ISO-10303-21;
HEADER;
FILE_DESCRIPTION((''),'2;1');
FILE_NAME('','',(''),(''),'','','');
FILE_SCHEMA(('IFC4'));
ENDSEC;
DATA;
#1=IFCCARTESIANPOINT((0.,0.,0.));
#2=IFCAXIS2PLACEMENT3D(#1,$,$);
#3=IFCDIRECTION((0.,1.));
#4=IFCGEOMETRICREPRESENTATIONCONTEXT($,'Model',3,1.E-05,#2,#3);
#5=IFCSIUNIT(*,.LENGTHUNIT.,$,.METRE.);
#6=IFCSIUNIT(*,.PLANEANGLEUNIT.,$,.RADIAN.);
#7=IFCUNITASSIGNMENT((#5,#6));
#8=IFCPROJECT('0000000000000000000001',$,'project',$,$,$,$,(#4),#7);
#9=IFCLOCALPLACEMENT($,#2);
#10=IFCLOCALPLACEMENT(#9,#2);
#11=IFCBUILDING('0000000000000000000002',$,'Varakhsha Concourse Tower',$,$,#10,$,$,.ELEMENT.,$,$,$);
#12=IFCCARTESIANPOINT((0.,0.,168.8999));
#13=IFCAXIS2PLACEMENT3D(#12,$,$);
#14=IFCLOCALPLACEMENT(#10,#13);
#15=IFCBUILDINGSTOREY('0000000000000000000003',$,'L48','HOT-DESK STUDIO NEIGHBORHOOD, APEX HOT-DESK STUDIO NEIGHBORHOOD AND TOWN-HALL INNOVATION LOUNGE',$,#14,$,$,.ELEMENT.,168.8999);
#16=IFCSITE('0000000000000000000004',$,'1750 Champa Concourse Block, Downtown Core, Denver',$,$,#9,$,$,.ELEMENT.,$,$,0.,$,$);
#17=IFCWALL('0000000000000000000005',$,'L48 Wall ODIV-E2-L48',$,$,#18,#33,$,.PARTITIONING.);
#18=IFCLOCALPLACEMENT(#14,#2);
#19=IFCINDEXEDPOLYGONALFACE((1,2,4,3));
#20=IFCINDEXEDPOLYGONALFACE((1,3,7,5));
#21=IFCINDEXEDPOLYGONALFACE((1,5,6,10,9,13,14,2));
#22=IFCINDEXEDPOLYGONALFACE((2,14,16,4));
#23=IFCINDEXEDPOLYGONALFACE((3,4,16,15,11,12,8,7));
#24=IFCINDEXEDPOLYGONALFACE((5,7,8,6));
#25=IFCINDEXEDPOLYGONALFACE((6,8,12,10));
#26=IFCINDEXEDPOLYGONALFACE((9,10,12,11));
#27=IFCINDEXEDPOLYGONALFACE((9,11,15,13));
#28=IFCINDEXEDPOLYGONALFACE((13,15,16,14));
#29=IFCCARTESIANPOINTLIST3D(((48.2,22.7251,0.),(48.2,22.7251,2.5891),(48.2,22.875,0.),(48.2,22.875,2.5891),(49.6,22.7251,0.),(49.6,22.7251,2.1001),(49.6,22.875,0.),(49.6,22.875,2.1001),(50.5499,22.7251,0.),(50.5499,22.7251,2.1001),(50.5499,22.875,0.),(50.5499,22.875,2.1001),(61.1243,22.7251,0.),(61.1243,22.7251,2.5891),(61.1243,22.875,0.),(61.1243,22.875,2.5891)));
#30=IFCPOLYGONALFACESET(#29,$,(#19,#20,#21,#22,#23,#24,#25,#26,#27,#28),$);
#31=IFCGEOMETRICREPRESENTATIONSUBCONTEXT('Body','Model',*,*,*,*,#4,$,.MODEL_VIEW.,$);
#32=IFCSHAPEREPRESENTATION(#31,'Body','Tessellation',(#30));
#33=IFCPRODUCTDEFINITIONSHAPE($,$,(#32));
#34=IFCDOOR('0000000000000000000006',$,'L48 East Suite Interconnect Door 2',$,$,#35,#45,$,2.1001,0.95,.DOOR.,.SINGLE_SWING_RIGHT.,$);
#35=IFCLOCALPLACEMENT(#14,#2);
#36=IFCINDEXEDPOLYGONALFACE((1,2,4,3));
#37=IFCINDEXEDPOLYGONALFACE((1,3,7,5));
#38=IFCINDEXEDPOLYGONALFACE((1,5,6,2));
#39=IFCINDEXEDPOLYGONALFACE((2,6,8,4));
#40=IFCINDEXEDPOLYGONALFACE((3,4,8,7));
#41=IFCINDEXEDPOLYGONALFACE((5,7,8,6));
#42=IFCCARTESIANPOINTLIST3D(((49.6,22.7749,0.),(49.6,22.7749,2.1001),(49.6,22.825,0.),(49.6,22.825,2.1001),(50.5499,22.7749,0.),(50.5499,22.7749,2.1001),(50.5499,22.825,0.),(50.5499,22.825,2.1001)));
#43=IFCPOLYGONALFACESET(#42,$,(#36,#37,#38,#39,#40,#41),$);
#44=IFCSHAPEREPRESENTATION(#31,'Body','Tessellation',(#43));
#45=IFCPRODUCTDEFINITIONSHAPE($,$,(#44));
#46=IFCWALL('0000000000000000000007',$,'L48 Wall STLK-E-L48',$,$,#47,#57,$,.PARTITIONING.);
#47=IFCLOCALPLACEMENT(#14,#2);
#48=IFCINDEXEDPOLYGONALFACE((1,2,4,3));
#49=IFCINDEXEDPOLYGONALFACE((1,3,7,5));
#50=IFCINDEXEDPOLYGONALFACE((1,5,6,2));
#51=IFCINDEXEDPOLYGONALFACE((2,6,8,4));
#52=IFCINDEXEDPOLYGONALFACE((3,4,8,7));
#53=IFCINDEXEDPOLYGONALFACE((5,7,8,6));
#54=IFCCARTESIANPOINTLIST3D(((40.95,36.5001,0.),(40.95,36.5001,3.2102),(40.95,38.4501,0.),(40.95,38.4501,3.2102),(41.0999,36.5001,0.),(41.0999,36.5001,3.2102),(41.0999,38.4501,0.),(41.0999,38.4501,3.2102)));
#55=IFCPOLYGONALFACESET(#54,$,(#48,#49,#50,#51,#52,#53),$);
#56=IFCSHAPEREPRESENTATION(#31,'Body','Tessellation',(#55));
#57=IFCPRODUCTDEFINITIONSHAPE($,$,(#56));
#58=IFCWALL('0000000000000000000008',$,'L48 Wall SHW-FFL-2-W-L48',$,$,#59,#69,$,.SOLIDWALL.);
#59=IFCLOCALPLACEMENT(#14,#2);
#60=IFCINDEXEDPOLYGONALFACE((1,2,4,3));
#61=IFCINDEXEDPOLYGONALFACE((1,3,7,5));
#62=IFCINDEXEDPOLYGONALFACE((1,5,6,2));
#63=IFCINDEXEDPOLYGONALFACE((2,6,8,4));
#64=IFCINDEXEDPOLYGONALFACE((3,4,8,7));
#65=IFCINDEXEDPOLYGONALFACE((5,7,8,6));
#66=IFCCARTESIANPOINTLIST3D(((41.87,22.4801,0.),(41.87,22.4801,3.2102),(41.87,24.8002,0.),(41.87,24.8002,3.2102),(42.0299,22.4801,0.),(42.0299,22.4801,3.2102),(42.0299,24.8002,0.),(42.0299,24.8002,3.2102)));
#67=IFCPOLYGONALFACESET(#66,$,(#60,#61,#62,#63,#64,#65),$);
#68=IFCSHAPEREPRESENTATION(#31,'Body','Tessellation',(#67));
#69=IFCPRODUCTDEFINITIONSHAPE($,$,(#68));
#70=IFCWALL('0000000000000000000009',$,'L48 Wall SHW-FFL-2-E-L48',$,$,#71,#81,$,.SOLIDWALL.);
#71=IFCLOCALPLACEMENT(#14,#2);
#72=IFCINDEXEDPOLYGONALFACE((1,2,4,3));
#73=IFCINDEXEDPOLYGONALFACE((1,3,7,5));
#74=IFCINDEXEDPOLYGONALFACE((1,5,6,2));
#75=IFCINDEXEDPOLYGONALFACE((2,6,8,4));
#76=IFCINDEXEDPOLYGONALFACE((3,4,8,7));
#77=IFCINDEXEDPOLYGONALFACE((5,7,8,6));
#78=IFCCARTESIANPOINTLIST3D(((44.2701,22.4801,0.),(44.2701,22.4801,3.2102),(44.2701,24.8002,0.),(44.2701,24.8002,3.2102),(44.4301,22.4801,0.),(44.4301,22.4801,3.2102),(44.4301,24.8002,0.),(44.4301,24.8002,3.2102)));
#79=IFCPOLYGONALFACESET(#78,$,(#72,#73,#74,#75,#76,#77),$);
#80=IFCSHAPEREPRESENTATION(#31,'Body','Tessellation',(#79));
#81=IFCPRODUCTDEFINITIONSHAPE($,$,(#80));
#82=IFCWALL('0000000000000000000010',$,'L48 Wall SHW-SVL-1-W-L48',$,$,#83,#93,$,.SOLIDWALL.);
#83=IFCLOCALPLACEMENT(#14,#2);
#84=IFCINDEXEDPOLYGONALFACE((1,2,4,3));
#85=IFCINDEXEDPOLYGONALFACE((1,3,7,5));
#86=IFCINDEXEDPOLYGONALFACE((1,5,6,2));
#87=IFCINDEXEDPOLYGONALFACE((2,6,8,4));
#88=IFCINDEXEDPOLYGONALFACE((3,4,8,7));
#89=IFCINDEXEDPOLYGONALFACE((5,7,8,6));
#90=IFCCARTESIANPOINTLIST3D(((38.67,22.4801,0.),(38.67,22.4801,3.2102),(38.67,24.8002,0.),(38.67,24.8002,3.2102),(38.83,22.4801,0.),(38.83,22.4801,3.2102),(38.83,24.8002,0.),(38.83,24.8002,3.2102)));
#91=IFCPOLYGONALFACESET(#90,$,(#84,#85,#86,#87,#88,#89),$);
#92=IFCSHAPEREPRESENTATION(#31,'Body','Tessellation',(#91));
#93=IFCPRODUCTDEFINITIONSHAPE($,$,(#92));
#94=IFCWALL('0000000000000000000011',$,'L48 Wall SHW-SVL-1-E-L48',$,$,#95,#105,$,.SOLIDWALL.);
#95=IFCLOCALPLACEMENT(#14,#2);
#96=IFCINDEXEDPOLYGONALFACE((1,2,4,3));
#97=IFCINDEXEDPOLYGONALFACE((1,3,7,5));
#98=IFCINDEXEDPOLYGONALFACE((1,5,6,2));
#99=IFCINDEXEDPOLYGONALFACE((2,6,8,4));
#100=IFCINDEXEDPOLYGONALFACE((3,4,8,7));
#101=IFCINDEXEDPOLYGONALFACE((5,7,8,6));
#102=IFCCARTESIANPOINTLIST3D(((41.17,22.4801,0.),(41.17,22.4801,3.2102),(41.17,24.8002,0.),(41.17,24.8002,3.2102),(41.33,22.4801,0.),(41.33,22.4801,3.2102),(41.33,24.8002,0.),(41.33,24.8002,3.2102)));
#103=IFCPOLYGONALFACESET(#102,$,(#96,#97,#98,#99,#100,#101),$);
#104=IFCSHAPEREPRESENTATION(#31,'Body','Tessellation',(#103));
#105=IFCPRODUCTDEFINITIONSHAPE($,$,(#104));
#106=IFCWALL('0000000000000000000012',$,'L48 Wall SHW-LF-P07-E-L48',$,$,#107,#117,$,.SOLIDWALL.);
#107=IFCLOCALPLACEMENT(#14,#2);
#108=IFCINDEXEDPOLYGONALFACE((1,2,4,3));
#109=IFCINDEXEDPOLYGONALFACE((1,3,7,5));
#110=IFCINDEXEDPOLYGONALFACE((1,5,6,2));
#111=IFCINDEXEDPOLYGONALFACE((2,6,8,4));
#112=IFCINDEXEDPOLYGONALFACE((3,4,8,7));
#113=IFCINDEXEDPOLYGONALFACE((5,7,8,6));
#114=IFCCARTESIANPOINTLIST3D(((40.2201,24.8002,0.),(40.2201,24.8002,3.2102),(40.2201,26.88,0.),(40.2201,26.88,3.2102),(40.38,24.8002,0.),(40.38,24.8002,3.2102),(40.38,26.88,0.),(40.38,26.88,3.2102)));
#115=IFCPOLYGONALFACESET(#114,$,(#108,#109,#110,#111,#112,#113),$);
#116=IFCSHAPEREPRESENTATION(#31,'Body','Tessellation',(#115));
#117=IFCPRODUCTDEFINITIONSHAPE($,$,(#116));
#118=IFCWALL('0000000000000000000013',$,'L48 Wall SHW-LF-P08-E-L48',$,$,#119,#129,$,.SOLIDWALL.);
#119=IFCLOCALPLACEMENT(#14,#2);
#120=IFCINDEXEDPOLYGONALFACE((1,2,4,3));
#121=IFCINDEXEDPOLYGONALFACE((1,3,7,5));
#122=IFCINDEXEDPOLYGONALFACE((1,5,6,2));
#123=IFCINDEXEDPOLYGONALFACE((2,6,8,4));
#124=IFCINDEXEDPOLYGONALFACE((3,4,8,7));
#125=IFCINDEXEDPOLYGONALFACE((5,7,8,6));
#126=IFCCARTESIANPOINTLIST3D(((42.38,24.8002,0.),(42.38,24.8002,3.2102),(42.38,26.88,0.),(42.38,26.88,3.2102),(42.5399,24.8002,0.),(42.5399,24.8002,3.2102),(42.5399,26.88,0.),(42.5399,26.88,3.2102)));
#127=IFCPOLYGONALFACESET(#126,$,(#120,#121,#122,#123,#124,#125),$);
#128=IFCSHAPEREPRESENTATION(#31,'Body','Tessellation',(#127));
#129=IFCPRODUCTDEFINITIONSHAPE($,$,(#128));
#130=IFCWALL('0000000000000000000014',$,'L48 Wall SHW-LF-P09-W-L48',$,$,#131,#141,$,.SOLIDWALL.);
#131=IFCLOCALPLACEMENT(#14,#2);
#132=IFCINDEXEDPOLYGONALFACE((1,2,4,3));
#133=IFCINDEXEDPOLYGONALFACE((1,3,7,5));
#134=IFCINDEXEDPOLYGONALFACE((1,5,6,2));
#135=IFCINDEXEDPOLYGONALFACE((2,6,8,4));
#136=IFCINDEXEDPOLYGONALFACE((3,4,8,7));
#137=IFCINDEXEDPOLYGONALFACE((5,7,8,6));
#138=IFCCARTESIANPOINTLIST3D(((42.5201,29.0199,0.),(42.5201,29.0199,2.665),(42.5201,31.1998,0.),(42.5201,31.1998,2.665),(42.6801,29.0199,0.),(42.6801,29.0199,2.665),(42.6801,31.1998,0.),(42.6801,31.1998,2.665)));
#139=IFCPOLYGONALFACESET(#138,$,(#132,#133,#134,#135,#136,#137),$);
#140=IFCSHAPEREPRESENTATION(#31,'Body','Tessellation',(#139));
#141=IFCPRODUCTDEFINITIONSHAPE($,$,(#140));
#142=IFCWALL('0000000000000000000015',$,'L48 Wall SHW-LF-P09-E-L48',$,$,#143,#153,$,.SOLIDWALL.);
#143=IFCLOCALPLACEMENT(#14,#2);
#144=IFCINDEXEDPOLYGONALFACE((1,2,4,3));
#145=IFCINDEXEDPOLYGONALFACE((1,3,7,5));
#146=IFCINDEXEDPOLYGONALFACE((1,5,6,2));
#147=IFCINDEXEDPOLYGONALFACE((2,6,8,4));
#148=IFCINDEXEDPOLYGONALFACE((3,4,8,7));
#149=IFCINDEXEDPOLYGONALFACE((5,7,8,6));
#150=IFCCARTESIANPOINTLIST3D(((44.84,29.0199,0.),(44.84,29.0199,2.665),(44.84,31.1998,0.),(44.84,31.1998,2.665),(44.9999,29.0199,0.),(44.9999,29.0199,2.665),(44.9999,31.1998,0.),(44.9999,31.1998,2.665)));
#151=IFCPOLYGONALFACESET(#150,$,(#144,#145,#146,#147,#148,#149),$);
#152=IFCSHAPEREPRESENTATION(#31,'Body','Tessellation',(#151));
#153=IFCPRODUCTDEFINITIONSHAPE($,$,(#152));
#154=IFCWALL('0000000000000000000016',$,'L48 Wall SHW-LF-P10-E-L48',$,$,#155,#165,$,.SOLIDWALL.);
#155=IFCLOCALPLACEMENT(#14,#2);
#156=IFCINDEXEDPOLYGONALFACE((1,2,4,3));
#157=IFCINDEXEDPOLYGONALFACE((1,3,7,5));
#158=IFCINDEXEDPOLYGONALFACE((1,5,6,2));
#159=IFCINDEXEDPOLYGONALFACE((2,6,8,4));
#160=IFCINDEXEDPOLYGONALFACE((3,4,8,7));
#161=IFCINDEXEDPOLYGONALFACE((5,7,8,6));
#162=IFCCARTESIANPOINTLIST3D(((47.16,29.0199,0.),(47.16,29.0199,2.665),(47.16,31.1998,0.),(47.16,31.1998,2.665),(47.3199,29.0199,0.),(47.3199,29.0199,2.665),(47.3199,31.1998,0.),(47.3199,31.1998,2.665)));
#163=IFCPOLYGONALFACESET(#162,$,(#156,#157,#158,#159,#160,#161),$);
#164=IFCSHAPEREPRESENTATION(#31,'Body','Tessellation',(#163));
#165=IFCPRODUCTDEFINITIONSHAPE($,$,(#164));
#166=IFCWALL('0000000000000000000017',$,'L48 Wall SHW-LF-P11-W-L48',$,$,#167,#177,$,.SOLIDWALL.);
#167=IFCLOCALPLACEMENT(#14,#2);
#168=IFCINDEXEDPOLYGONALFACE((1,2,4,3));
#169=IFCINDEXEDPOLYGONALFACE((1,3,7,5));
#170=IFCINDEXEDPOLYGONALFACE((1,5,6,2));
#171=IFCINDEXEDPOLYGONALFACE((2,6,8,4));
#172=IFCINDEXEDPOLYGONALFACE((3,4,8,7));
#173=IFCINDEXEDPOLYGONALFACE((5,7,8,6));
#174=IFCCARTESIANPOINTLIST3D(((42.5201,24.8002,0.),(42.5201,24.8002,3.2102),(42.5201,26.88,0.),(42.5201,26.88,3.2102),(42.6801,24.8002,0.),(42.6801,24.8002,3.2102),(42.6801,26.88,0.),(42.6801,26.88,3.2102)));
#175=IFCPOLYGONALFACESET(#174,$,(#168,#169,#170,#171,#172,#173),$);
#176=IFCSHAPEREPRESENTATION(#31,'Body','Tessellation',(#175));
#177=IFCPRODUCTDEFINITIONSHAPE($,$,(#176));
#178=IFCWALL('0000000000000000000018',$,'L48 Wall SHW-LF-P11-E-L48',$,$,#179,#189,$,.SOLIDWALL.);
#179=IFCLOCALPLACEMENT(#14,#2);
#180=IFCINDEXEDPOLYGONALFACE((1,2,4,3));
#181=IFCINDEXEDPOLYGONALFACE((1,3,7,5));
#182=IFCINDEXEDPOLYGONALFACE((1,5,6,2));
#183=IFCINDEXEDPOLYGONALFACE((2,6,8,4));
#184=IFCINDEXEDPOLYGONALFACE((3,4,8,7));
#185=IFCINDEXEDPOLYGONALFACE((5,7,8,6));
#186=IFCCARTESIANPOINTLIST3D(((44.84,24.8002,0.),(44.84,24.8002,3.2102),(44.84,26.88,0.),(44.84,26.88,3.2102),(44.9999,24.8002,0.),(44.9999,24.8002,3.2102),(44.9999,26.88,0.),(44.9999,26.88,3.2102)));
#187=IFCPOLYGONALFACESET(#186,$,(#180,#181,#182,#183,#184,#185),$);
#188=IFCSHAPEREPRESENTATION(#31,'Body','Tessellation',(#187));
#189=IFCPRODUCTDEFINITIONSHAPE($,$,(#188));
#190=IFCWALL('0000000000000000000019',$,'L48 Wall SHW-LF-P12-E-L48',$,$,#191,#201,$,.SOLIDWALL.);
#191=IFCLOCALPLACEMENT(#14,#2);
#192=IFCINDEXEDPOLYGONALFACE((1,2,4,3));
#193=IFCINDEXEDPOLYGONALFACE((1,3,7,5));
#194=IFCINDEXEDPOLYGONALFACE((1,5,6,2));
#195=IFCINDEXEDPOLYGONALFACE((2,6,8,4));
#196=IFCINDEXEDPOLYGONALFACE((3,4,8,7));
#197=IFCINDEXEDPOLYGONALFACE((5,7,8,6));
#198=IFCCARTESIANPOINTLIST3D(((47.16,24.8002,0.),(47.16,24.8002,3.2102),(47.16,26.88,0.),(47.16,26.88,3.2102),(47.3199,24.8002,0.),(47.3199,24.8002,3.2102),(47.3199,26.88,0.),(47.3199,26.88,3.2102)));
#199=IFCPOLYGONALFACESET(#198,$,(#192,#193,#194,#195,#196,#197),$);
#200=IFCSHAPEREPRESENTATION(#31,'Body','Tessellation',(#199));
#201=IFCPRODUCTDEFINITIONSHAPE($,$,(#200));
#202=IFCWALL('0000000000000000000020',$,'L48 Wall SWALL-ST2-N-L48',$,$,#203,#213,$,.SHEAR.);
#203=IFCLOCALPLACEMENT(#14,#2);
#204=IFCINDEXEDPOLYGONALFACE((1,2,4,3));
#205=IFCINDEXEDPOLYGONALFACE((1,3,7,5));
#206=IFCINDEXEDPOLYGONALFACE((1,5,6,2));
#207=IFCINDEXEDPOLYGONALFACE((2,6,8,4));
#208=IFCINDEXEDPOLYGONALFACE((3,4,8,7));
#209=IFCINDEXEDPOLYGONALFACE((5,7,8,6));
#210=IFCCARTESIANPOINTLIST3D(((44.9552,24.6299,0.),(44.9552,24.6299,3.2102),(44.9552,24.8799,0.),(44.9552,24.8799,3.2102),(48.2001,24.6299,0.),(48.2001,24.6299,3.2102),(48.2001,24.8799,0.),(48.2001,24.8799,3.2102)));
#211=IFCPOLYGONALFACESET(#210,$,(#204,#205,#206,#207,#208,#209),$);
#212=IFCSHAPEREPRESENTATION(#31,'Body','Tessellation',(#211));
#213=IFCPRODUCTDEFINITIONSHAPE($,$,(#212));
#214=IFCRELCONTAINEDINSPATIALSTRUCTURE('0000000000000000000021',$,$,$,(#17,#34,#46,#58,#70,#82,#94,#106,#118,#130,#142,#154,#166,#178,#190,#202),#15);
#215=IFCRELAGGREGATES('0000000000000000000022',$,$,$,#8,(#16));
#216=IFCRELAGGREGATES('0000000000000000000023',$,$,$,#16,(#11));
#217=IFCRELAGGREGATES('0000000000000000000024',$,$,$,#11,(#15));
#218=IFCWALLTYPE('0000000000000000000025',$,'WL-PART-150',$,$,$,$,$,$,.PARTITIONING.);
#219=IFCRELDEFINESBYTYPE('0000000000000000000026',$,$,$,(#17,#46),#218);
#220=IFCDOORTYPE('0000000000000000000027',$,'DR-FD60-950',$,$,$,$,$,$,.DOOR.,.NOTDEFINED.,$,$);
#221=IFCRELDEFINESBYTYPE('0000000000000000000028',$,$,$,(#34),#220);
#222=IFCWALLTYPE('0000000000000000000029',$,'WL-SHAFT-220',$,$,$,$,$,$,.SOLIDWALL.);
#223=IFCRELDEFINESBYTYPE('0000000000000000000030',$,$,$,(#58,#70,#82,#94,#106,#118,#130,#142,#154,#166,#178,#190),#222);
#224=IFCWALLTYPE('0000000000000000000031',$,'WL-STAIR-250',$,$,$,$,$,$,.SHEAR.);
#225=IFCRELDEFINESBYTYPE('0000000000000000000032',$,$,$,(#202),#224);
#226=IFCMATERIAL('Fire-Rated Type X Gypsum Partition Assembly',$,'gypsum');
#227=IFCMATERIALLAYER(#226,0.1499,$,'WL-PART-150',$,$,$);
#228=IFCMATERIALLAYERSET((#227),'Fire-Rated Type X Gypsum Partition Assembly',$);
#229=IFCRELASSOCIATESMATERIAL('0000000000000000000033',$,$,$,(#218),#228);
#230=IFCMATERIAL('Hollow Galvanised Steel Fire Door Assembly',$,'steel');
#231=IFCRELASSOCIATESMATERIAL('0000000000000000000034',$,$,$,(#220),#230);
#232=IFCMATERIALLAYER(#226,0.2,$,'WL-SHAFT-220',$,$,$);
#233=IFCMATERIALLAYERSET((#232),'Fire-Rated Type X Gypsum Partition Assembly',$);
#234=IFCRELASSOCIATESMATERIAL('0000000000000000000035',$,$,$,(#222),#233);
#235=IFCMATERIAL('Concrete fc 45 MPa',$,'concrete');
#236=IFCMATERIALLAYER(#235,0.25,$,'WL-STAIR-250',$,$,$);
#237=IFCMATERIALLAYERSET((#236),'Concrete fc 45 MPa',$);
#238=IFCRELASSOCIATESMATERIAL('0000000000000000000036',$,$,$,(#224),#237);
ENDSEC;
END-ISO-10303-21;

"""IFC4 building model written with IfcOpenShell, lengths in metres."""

from ifc_helpers import new_model, si_unit, direction, frame, frame_2d, origin, place, context, subcontext, project, spatial, rectangle, extrude, material, layer, layer_set, type_object, element, fill, save


model = new_model("IFC4")

# Units and contexts
model_context = context("Model", 3, precision=1e-05, world=origin(), true_north=direction((0.0, 1.0)))
body_context = subcontext(model_context, "Body", "Model", "MODEL_VIEW")
ifc_project = project(units=[si_unit("LENGTHUNIT", "METRE"), si_unit("PLANEANGLEUNIT", "RADIAN")], contexts=[model_context])

# Site, building, storey
site_placement = place(None, origin())
site = spatial("IfcSite", under=ifc_project, at=site_placement, Name="1750 Champa Concourse Block, Downtown Core, Denver", CompositionType="ELEMENT", RefElevation=0.0)
building_placement = place(site_placement, origin())
building = spatial("IfcBuilding", under=site, at=building_placement, Name="Varakhsha Concourse Tower", CompositionType="ELEMENT")
storey_placement = place(building_placement, frame((0.0, 0.0, 168.8999)))
storey = spatial("IfcBuildingStorey", under=building, at=storey_placement, Name="L48", Description="HOT-DESK STUDIO NEIGHBORHOOD, APEX HOT-DESK STUDIO NEIGHBORHOOD AND TOWN-HALL INNOVATION LOUNGE", CompositionType="ELEMENT", Elevation=168.8999)

# Shared definitions
ifc_material_1 = material(Name="Fire-Rated Type X Gypsum Partition Assembly", Category="gypsum")
ifc_layer_1 = layer(ifc_material_1, 0.1499, Name="WL-PART-150")
ifc_layer_set_1 = layer_set([ifc_layer_1], Name="Fire-Rated Type X Gypsum Partition Assembly")
wall_type_1 = type_object("IfcWallType", Name="WL-PART-150", PredefinedType="PARTITIONING", material=ifc_layer_set_1)

# Wall, opening, door
wall_1_placement = place(storey_placement, frame((48.2, 22.8, 0.0), z_axis=(0.0, 0.0, 1.0), x_axis=(1.0, 0.0, 0.0)))
wall_1 = element("IfcWall", 1, at=wall_1_placement, inside=storey, type_object=wall_type_1, Name="L48 Wall ODIV-E2-L48", PredefinedType="PARTITIONING", context=body_context, shape_type="SweptSolid", body=[
    extrude(rectangle(XDim=12.9243, YDim=0.1499, at=frame_2d((6.4622, 0.0))), origin(), (0.0, 0.0, 1.0), 2.5891),
])
opening_placement = place(wall_1_placement, frame((1.3999, 0.0, 0.0)))
opening = element("IfcOpeningElement", 2, at=opening_placement, cuts=wall_1, PredefinedType="OPENING", context=body_context, shape_type="SweptSolid", body=[
    extrude(rectangle(XDim=0.95, YDim=2.1001, at=frame_2d((0.4751, 1.05))), frame((0.0, 0.085, 0.0), z_axis=(0.0, -1.0, 0.0), x_axis=(1.0, 0.0, 0.0)), (0.0, 0.0, 1.0), 0.1699),
])
ifc_material_2 = material(Name="Hollow Galvanised Steel Fire Door Assembly", Category="steel")
door_type = type_object("IfcDoorType", Name="DR-FD60-950", OperationType="NOTDEFINED", PredefinedType="DOOR", material=ifc_material_2)
door_placement = place(opening_placement, origin())
door = element("IfcDoor", 3, at=door_placement, inside=storey, type_object=door_type, Name="L48 East Suite Interconnect Door 2", OperationType="SINGLE_SWING_RIGHT", OverallHeight=2.1001, OverallWidth=0.95, PredefinedType="DOOR", context=body_context, shape_type="SweptSolid", body=[
    extrude(rectangle(XDim=0.95, YDim=2.1001, at=frame_2d((0.4751, 1.05))), frame((0.0, 0.0249, 0.0), z_axis=(0.0, -1.0, 0.0), x_axis=(1.0, 0.0, 0.0)), (0.0, 0.0, 1.0), 0.05),
])
fill(opening, door)

# Walls
wall_2_placement = place(storey_placement, frame((41.0249, 36.5, 0.0), z_axis=(0.0, 0.0, 1.0), x_axis=(0.0, 1.0, 0.0)))
element("IfcWall", 4, at=wall_2_placement, inside=storey, type_object=wall_type_1, Name="L48 Wall STLK-E-L48", PredefinedType="PARTITIONING", context=body_context, shape_type="SweptSolid", body=[
    extrude(rectangle(XDim=1.95, YDim=0.1499, at=frame_2d((0.9751, 0.0))), origin(), (0.0, 0.0, 1.0), 3.2102),
])
ifc_layer_2 = layer(ifc_material_1, 0.2, Name="WL-SHAFT-220")
ifc_layer_set_2 = layer_set([ifc_layer_2], Name="Fire-Rated Type X Gypsum Partition Assembly")
wall_type_2 = type_object("IfcWallType", Name="WL-SHAFT-220", PredefinedType="SOLIDWALL", material=ifc_layer_set_2)
for number, where, z_axis, x_axis, name in (
    (5, (41.95, 22.48, 0.0), (0.0, 0.0, 1.0), (0.0, 1.0, 0.0), "L48 Wall SHW-FFL-2-W-L48"),
    (6, (44.3501, 22.48, 0.0), (0.0, 0.0, 1.0), (0.0, 1.0, 0.0), "L48 Wall SHW-FFL-2-E-L48"),
    (7, (38.75, 22.48, 0.0), (0.0, 0.0, 1.0), (0.0, 1.0, 0.0), "L48 Wall SHW-SVL-1-W-L48"),
    (8, (41.25, 22.48, 0.0), (0.0, 0.0, 1.0), (0.0, 1.0, 0.0), "L48 Wall SHW-SVL-1-E-L48"),
):
    element("IfcWall", number, at=place(storey_placement, frame(where, z_axis=z_axis, x_axis=x_axis)), inside=storey, type_object=wall_type_2, Name=name, PredefinedType="SOLIDWALL", context=body_context, shape_type="SweptSolid", body=[
        extrude(rectangle(XDim=2.3201, YDim=0.1599, at=frame_2d((1.1602, 0.0))), origin(), (0.0, 0.0, 1.0), 3.2102),
    ])
for number, where, z_axis, x_axis, name in (
    (9, (40.3, 24.8, 0.0), (0.0, 0.0, 1.0), (0.0, 1.0, 0.0), "L48 Wall SHW-LF-P07-E-L48"),
    (10, (42.46, 24.8, 0.0), (0.0, 0.0, 1.0), (0.0, 1.0, 0.0), "L48 Wall SHW-LF-P08-E-L48"),
):
    element("IfcWall", number, at=place(storey_placement, frame(where, z_axis=z_axis, x_axis=x_axis)), inside=storey, type_object=wall_type_2, Name=name, PredefinedType="SOLIDWALL", context=body_context, shape_type="SweptSolid", body=[
        extrude(rectangle(XDim=2.0798, YDim=0.1599, at=frame_2d((1.04, 0.0))), origin(), (0.0, 0.0, 1.0), 3.2102),
    ])
for number, where, z_axis, x_axis, name in (
    (11, (42.6001, 29.02, 0.0), (0.0, 0.0, 1.0), (0.0, 1.0, 0.0), "L48 Wall SHW-LF-P09-W-L48"),
    (12, (44.9199, 29.02, 0.0), (0.0, 0.0, 1.0), (0.0, 1.0, 0.0), "L48 Wall SHW-LF-P09-E-L48"),
    (13, (47.24, 29.02, 0.0), (0.0, 0.0, 1.0), (0.0, 1.0, 0.0), "L48 Wall SHW-LF-P10-E-L48"),
):
    element("IfcWall", number, at=place(storey_placement, frame(where, z_axis=z_axis, x_axis=x_axis)), inside=storey, type_object=wall_type_2, Name=name, PredefinedType="SOLIDWALL", context=body_context, shape_type="SweptSolid", body=[
        extrude(rectangle(XDim=2.1799, YDim=0.1599, at=frame_2d((1.0898, 0.0))), origin(), (0.0, 0.0, 1.0), 2.665),
    ])
for number, where, z_axis, x_axis, name in (
    (14, (42.6001, 24.8, 0.0), (0.0, 0.0, 1.0), (0.0, 1.0, 0.0), "L48 Wall SHW-LF-P11-W-L48"),
    (15, (44.9199, 24.8, 0.0), (0.0, 0.0, 1.0), (0.0, 1.0, 0.0), "L48 Wall SHW-LF-P11-E-L48"),
    (16, (47.24, 24.8, 0.0), (0.0, 0.0, 1.0), (0.0, 1.0, 0.0), "L48 Wall SHW-LF-P12-E-L48"),
):
    element("IfcWall", number, at=place(storey_placement, frame(where, z_axis=z_axis, x_axis=x_axis)), inside=storey, type_object=wall_type_2, Name=name, PredefinedType="SOLIDWALL", context=body_context, shape_type="SweptSolid", body=[
        extrude(rectangle(XDim=2.0798, YDim=0.1599, at=frame_2d((1.04, 0.0))), origin(), (0.0, 0.0, 1.0), 3.2102),
    ])
ifc_material_3 = material(Name="Concrete fc 45 MPa", Category="concrete")
ifc_layer_3 = layer(ifc_material_3, 0.25, Name="WL-STAIR-250")
ifc_layer_set_3 = layer_set([ifc_layer_3], Name="Concrete fc 45 MPa")
wall_type_3 = type_object("IfcWallType", Name="WL-STAIR-250", PredefinedType="SHEAR", material=ifc_layer_set_3)
wall_3_placement = place(storey_placement, frame((44.9551, 24.7549, 0.0), z_axis=(0.0, 0.0, 1.0), x_axis=(1.0, 0.0, 0.0)))
element("IfcWall", 17, at=wall_3_placement, inside=storey, type_object=wall_type_3, Name="L48 Wall SWALL-ST2-N-L48", PredefinedType="SHEAR", context=body_context, shape_type="SweptSolid", body=[
    extrude(rectangle(XDim=3.2449, YDim=0.25, at=frame_2d((1.6226, 0.0))), origin(), (0.0, 0.0, 1.0), 3.2102),
])

save(model, "model.ifc")
